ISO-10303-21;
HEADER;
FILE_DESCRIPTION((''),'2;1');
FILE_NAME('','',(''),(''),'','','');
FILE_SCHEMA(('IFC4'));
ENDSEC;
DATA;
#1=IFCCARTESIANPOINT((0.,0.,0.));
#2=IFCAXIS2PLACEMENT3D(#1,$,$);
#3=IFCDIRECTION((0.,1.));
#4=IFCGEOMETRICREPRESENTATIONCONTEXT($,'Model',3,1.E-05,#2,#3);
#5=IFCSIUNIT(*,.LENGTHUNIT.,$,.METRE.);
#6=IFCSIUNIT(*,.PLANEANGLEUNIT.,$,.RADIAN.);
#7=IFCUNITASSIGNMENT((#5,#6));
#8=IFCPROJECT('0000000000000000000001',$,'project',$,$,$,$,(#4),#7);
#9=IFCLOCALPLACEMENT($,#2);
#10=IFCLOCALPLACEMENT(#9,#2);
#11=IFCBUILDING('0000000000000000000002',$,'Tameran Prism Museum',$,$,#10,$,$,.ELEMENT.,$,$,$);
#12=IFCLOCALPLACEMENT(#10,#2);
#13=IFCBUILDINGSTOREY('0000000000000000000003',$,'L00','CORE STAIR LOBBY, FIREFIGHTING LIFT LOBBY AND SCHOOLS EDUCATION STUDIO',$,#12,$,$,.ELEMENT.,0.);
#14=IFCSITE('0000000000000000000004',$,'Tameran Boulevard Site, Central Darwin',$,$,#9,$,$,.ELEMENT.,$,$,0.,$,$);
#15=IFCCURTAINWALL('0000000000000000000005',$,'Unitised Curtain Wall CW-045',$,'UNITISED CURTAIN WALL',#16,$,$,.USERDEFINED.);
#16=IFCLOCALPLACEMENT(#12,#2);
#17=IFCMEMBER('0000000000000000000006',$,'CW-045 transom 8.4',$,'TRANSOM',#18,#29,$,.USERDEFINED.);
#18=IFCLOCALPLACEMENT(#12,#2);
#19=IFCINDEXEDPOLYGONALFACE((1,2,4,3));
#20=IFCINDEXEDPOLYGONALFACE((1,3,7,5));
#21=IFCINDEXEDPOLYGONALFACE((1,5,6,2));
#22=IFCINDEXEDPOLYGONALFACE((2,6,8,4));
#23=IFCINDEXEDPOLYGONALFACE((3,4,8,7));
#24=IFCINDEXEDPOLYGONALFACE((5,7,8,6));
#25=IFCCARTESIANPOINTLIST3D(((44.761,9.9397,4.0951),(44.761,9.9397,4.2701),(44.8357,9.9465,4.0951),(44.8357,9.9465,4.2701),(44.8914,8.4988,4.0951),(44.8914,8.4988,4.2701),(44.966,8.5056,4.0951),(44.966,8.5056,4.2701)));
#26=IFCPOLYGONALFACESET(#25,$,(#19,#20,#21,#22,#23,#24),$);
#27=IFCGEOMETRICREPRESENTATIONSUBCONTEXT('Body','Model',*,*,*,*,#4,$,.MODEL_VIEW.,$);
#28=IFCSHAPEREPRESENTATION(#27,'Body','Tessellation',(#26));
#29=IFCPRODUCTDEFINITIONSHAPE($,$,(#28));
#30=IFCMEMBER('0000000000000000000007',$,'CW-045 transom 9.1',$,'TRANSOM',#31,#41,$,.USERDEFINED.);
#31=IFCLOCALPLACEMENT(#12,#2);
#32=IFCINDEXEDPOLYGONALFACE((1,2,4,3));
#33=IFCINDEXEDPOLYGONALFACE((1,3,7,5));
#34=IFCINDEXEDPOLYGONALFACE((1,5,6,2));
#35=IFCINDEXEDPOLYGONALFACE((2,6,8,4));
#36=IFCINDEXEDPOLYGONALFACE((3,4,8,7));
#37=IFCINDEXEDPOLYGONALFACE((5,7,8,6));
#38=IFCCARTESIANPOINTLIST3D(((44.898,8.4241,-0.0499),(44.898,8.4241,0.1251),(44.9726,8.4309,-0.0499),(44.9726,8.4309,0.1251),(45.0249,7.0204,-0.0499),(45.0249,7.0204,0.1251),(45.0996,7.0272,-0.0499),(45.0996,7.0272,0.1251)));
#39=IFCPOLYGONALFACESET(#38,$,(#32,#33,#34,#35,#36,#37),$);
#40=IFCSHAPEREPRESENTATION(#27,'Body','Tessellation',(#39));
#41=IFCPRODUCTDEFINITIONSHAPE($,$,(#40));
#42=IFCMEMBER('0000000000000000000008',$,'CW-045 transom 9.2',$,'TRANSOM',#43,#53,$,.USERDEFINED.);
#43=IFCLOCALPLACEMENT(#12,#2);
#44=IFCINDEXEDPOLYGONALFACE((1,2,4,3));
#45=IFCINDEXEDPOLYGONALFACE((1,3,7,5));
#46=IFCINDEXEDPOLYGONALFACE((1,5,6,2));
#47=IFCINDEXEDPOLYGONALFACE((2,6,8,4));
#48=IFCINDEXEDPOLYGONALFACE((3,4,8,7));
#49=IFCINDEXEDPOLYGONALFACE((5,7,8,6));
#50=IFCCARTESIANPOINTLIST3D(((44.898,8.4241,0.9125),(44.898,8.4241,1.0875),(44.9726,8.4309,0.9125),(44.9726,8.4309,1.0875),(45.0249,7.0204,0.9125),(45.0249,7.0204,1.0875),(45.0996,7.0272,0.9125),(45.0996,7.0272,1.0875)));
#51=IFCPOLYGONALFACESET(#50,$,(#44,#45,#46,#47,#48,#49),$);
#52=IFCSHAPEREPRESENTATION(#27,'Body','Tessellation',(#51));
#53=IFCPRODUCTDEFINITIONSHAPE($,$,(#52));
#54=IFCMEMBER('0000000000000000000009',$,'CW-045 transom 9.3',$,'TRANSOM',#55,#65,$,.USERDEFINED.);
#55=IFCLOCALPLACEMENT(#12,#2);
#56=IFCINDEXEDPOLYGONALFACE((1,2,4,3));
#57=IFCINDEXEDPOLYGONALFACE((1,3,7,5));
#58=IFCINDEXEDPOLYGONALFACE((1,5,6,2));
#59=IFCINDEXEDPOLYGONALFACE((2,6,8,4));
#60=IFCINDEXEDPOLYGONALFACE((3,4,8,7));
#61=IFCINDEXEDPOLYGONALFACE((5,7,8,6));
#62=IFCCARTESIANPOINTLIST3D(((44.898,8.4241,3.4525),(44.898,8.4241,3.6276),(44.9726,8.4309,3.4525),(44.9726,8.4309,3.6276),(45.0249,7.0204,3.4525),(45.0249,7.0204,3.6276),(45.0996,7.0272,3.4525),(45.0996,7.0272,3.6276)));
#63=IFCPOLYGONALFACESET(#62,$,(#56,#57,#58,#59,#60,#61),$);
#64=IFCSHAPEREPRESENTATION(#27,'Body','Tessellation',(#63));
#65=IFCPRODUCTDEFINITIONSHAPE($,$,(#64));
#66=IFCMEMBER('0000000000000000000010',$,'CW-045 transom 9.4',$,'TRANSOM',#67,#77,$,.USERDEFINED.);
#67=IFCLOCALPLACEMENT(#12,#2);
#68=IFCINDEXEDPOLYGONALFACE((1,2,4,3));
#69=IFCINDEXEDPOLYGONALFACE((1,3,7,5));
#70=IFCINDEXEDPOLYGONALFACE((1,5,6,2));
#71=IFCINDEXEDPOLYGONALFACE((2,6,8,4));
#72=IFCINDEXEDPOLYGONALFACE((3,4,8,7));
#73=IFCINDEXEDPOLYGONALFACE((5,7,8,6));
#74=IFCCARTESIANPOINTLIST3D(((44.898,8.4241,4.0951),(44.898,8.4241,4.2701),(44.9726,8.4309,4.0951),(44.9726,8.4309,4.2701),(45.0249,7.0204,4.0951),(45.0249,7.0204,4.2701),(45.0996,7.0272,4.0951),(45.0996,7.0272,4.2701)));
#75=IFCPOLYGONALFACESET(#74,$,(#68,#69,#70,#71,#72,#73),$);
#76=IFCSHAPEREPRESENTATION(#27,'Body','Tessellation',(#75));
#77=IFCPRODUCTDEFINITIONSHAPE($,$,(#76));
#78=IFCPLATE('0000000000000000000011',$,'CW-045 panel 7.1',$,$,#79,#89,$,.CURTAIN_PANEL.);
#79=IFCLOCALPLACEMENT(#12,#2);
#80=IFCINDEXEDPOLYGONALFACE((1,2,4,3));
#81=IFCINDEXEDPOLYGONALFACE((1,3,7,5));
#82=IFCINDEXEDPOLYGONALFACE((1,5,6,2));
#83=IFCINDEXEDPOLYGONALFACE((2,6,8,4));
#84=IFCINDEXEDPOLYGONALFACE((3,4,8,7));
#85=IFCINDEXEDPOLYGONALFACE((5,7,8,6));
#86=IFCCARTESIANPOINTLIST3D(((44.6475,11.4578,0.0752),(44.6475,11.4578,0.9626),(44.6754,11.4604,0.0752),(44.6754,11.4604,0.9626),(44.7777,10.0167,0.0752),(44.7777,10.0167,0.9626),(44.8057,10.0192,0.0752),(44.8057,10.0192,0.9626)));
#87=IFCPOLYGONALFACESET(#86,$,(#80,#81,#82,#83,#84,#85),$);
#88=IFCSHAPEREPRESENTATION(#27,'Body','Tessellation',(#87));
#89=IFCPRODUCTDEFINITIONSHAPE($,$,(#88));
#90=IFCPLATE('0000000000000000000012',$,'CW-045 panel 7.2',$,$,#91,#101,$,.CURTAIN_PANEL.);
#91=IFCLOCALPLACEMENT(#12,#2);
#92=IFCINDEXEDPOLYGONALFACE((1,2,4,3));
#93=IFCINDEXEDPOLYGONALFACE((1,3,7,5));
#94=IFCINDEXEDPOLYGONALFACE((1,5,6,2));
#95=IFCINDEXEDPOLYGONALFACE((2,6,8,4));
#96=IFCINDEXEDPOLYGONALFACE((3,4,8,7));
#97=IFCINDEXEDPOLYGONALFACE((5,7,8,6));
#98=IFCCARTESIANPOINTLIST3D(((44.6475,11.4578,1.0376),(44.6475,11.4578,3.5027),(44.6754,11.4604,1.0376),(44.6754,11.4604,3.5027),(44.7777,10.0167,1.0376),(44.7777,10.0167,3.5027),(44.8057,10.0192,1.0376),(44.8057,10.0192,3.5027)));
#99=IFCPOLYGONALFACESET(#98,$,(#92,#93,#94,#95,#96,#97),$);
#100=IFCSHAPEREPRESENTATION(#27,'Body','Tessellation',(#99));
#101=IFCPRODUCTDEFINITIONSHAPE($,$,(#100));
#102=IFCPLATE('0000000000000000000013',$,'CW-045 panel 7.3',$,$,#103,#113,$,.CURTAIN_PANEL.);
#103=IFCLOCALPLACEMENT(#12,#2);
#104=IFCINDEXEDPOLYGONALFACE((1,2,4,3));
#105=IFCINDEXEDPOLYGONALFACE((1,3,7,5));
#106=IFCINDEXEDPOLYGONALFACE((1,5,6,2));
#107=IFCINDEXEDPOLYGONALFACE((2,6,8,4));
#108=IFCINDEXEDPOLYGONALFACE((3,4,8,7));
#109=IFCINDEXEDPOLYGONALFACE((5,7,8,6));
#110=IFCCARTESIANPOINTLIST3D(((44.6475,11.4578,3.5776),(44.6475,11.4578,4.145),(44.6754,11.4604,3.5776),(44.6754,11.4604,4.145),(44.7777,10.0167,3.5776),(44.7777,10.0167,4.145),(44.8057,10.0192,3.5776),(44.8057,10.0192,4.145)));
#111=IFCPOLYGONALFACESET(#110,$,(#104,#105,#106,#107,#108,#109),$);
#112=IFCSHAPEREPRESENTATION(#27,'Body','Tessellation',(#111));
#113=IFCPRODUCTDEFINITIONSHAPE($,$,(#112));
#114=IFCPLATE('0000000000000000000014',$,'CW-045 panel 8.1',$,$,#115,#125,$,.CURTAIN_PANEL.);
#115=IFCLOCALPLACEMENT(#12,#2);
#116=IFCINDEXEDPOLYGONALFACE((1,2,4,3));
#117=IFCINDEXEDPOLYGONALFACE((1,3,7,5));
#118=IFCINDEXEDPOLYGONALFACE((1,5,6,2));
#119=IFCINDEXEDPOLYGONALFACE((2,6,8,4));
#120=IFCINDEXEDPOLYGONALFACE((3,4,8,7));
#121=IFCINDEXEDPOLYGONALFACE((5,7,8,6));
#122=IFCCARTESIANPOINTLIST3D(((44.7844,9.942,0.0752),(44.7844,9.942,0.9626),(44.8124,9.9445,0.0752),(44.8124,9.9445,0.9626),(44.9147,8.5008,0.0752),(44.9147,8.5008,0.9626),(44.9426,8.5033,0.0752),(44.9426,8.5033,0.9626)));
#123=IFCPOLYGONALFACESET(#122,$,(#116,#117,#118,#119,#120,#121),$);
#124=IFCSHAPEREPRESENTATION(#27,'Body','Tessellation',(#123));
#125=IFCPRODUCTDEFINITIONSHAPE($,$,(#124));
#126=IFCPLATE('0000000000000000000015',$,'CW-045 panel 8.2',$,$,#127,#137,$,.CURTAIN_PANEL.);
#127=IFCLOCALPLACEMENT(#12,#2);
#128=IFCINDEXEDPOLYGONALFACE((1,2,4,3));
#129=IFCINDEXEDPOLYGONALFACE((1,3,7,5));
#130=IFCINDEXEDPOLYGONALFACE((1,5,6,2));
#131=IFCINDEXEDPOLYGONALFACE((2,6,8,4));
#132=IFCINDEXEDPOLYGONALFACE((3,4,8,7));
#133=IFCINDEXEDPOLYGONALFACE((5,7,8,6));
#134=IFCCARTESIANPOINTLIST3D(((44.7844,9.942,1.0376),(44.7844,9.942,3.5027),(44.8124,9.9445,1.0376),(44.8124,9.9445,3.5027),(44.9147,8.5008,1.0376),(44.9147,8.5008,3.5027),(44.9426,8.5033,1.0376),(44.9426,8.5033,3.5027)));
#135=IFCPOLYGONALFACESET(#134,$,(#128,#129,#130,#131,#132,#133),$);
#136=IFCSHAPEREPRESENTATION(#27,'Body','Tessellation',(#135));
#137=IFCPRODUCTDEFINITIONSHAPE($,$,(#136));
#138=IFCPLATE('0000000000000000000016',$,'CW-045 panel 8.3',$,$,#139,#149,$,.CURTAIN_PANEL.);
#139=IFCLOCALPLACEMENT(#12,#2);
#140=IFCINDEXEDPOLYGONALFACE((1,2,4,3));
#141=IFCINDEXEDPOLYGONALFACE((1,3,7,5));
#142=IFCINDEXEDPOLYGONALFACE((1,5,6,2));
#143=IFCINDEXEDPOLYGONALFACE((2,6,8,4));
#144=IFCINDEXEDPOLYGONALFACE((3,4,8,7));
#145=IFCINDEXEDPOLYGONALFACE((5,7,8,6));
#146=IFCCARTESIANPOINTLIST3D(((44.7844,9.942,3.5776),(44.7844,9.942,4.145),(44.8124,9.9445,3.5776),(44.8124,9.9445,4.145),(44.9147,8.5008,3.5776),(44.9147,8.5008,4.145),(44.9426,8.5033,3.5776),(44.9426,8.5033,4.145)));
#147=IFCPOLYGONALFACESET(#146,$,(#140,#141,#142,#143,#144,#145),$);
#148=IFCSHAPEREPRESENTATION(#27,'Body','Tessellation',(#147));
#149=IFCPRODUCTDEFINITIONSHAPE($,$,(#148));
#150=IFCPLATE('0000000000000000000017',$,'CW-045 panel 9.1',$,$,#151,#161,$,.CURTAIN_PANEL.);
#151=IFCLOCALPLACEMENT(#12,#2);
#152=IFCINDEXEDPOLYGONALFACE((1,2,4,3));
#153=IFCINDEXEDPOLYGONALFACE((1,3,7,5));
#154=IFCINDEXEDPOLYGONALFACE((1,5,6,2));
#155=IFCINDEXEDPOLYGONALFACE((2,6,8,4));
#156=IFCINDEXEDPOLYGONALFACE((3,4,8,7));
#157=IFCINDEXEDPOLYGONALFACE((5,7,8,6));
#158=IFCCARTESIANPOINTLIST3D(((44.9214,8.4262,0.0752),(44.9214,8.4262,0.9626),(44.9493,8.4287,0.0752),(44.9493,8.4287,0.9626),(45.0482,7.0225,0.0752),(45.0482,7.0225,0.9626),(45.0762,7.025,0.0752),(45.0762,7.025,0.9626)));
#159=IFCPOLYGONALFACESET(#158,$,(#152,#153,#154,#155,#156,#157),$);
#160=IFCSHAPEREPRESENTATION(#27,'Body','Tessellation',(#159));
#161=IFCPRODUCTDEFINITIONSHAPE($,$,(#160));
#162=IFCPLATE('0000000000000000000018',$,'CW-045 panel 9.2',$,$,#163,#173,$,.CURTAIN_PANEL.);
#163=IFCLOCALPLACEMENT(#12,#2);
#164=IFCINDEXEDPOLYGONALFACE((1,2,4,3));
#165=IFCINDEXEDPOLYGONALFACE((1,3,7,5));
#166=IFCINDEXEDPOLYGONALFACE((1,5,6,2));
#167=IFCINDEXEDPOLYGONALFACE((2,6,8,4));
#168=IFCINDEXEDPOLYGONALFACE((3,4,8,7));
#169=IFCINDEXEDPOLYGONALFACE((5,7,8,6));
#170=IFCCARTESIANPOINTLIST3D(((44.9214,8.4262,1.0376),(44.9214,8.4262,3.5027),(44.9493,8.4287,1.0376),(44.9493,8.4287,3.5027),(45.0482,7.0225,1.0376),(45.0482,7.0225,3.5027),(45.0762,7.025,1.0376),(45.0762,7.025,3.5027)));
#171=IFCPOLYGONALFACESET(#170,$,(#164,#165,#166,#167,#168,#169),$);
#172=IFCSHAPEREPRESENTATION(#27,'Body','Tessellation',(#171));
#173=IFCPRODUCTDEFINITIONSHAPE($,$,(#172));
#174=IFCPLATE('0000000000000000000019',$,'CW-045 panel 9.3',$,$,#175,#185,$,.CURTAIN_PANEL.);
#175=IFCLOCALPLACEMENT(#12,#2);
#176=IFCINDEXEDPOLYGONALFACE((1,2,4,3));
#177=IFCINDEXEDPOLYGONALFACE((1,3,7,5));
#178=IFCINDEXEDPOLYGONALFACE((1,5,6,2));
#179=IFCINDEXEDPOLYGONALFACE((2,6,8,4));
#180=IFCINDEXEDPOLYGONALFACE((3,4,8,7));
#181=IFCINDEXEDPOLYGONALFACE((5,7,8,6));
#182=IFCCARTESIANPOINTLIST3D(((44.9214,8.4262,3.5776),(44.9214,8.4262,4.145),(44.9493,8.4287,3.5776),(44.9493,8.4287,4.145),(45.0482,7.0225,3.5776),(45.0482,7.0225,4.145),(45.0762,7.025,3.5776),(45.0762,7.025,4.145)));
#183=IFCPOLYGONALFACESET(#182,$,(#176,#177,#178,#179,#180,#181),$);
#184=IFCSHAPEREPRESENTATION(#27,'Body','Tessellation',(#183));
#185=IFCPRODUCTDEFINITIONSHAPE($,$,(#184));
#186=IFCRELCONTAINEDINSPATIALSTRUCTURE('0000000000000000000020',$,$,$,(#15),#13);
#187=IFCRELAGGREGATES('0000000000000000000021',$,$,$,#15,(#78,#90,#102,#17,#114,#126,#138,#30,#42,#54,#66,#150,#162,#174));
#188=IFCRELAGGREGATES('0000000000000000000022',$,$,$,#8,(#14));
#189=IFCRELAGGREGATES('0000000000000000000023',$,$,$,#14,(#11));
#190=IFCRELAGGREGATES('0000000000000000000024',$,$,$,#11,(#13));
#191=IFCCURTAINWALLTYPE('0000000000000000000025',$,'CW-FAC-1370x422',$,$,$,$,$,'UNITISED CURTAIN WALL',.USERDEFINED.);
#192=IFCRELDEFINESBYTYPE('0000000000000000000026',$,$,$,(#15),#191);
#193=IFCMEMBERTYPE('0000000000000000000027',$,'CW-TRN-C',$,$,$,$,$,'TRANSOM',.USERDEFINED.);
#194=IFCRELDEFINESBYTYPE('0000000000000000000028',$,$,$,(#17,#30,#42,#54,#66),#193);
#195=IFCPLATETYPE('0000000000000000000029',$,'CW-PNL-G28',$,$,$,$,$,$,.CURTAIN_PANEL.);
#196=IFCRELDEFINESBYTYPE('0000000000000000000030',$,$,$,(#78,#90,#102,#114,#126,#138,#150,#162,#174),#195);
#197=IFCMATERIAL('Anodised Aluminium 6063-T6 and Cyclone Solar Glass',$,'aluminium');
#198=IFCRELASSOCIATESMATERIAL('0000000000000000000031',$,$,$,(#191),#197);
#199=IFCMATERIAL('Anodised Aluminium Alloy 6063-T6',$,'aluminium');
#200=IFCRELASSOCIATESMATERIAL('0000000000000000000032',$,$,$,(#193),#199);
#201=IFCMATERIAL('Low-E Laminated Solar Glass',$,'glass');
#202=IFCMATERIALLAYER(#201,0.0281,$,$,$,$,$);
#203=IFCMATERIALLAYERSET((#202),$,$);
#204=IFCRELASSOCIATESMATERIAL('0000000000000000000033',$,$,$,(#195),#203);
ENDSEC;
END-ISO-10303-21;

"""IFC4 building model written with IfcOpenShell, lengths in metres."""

from ifc_helpers import new_model, si_unit, direction, frame, origin, origin_2d, place, context, subcontext, project, spatial, rectangle, extrude, material, layer, layer_set, material_profile, profile_set, type_object, element, aggregate, save


model = new_model("IFC4")

# Units and contexts
model_context = context("Model", 3, precision=1e-05, world=origin(), true_north=direction((0.0, 1.0)))
body_context = subcontext(model_context, "Body", "Model", "MODEL_VIEW")
ifc_project = project(units=[si_unit("LENGTHUNIT", "METRE"), si_unit("PLANEANGLEUNIT", "RADIAN")], contexts=[model_context])

# Site, building, storey
site_placement = place(None, origin())
site = spatial("IfcSite", under=ifc_project, at=site_placement, Name="Tameran Boulevard Site, Central Darwin", CompositionType="ELEMENT", RefElevation=0.0)
building_placement = place(site_placement, origin())
building = spatial("IfcBuilding", under=site, at=building_placement, Name="Tameran Prism Museum", CompositionType="ELEMENT")
storey_placement = place(building_placement, origin())
storey = spatial("IfcBuildingStorey", under=building, at=storey_placement, Name="L00", Description="CORE STAIR LOBBY, FIREFIGHTING LIFT LOBBY AND SCHOOLS EDUCATION STUDIO", CompositionType="ELEMENT", Elevation=0.0)

# Curtain wall, members, plates
ifc_material_1 = material(Name="Anodised Aluminium 6063-T6 and Cyclone Solar Glass", Category="aluminium")
curtain_wall_type = type_object("IfcCurtainWallType", Name="CW-FAC-1370x422", ElementType="UNITISED CURTAIN WALL", PredefinedType="USERDEFINED", material=ifc_material_1)
curtain_wall_placement = place(storey_placement, origin())
curtain_wall = element("IfcCurtainWall", 1, at=curtain_wall_placement, inside=storey, type_object=curtain_wall_type, Name="Unitised Curtain Wall CW-045", ObjectType="UNITISED CURTAIN WALL", PredefinedType="USERDEFINED")
ifc_material_2 = material(Name="Anodised Aluminium Alloy 6063-T6", Category="aluminium")
ifc_material_profile_1 = material_profile(ifc_material_2, rectangle(XDim=0.075, YDim=0.175, at=origin_2d()))
ifc_profile_set_1 = profile_set([ifc_material_profile_1])
member_type_1 = type_object("IfcMemberType", Name="CW-TRN-C", ElementType="TRANSOM", PredefinedType="USERDEFINED", material=ifc_profile_set_1)
member_1_placement = place(storey_placement, frame((44.7983, 9.9431, 4.1826), z_axis=(0.09011, -0.995932, 0.0), x_axis=(0.995932, 0.09011, 0.0)))
member_1 = element("IfcMember", 2, at=member_1_placement, type_object=member_type_1, Name="CW-045 transom 8.4", ObjectType="TRANSOM", PredefinedType="USERDEFINED", context=body_context, shape_type="SweptSolid", body=[
    extrude(rectangle(XDim=0.075, YDim=0.175, at=origin_2d()), origin(), (0.0, 0.0, 1.0), 1.4468),
])
member_2_placement = place(storey_placement, frame((44.9353, 8.4275, 0.0376), z_axis=(0.090067, -0.995936, 0.0), x_axis=(0.995936, 0.090067, 0.0)))
member_2 = element("IfcMember", 3, at=member_2_placement, type_object=member_type_1, Name="CW-045 transom 9.1", ObjectType="TRANSOM", PredefinedType="USERDEFINED", context=body_context, shape_type="SweptSolid", body=[
    extrude(rectangle(XDim=0.075, YDim=0.175, at=origin_2d()), origin(), (0.0, 0.0, 1.0), 1.4094),
])
member_3_placement = place(storey_placement, frame((44.9353, 8.4275, 1.0), z_axis=(0.090067, -0.995936, 0.0), x_axis=(0.995936, 0.090067, 0.0)))
member_3 = element("IfcMember", 4, at=member_3_placement, type_object=member_type_1, Name="CW-045 transom 9.2", ObjectType="TRANSOM", PredefinedType="USERDEFINED", context=body_context, shape_type="SweptSolid", body=[
    extrude(rectangle(XDim=0.075, YDim=0.175, at=origin_2d()), origin(), (0.0, 0.0, 1.0), 1.4094),
])
member_4_placement = place(storey_placement, frame((44.9353, 8.4275, 3.54), z_axis=(0.090067, -0.995936, 0.0), x_axis=(0.995936, 0.090067, 0.0)))
member_4 = element("IfcMember", 5, at=member_4_placement, type_object=member_type_1, Name="CW-045 transom 9.3", ObjectType="TRANSOM", PredefinedType="USERDEFINED", context=body_context, shape_type="SweptSolid", body=[
    extrude(rectangle(XDim=0.075, YDim=0.175, at=origin_2d()), origin(), (0.0, 0.0, 1.0), 1.4094),
])
member_5_placement = place(storey_placement, frame((44.9353, 8.4275, 4.1826), z_axis=(0.090067, -0.995936, 0.0), x_axis=(0.995936, 0.090067, 0.0)))
member_5 = element("IfcMember", 6, at=member_5_placement, type_object=member_type_1, Name="CW-045 transom 9.4", ObjectType="TRANSOM", PredefinedType="USERDEFINED", context=body_context, shape_type="SweptSolid", body=[
    extrude(rectangle(XDim=0.075, YDim=0.175, at=origin_2d()), origin(), (0.0, 0.0, 1.0), 1.4094),
])
ifc_material_3 = material(Name="Low-E Laminated Solar Glass", Category="glass")
ifc_layer_1 = layer(ifc_material_3, 0.0281)
ifc_layer_set_1 = layer_set([ifc_layer_1])
plate_type = type_object("IfcPlateType", Name="CW-PNL-G28", PredefinedType="CURTAIN_PANEL", material=ifc_layer_set_1)
plate_1_placement = place(storey_placement, frame((44.7266, 10.7385, 0.0752), z_axis=(0.0, 0.0, 1.0), x_axis=(0.090016, -0.99594, 0.0)))
plate_1 = element("IfcPlate", 7, at=plate_1_placement, type_object=plate_type, Name="CW-045 panel 7.1", PredefinedType="CURTAIN_PANEL", context=body_context, shape_type="SweptSolid", body=[
    extrude(rectangle(XDim=1.447, YDim=0.0281, at=origin_2d()), origin(), (0.0, 0.0, 1.0), 0.8875),
])
plate_2_placement = place(storey_placement, frame((44.7266, 10.7385, 1.0376), z_axis=(0.0, 0.0, 1.0), x_axis=(0.090016, -0.99594, 0.0)))
plate_2 = element("IfcPlate", 8, at=plate_2_placement, type_object=plate_type, Name="CW-045 panel 7.2", PredefinedType="CURTAIN_PANEL", context=body_context, shape_type="SweptSolid", body=[
    extrude(rectangle(XDim=1.447, YDim=0.0281, at=origin_2d()), origin(), (0.0, 0.0, 1.0), 2.4651),
])
plate_3_placement = place(storey_placement, frame((44.7266, 10.7385, 3.5776), z_axis=(0.0, 0.0, 1.0), x_axis=(0.090016, -0.99594, 0.0)))
plate_3 = element("IfcPlate", 9, at=plate_3_placement, type_object=plate_type, Name="CW-045 panel 7.3", PredefinedType="CURTAIN_PANEL", context=body_context, shape_type="SweptSolid", body=[
    extrude(rectangle(XDim=1.447, YDim=0.0281, at=origin_2d()), origin(), (0.0, 0.0, 1.0), 0.5674),
])
plate_4_placement = place(storey_placement, frame((44.8635, 9.2227, 0.0752), z_axis=(0.0, 0.0, 1.0), x_axis=(0.090016, -0.99594, 0.0)))
plate_4 = element("IfcPlate", 10, at=plate_4_placement, type_object=plate_type, Name="CW-045 panel 8.1", PredefinedType="CURTAIN_PANEL", context=body_context, shape_type="SweptSolid", body=[
    extrude(rectangle(XDim=1.447, YDim=0.0281, at=origin_2d()), origin(), (0.0, 0.0, 1.0), 0.8875),
])
plate_5_placement = place(storey_placement, frame((44.8635, 9.2227, 1.0376), z_axis=(0.0, 0.0, 1.0), x_axis=(0.090016, -0.99594, 0.0)))
plate_5 = element("IfcPlate", 11, at=plate_5_placement, type_object=plate_type, Name="CW-045 panel 8.2", PredefinedType="CURTAIN_PANEL", context=body_context, shape_type="SweptSolid", body=[
    extrude(rectangle(XDim=1.447, YDim=0.0281, at=origin_2d()), origin(), (0.0, 0.0, 1.0), 2.4651),
])
plate_6_placement = place(storey_placement, frame((44.8635, 9.2227, 3.5776), z_axis=(0.0, 0.0, 1.0), x_axis=(0.090016, -0.99594, 0.0)))
plate_6 = element("IfcPlate", 12, at=plate_6_placement, type_object=plate_type, Name="CW-045 panel 8.3", PredefinedType="CURTAIN_PANEL", context=body_context, shape_type="SweptSolid", body=[
    extrude(rectangle(XDim=1.447, YDim=0.0281, at=origin_2d()), origin(), (0.0, 0.0, 1.0), 0.5674),
])
plate_7_placement = place(storey_placement, frame((44.9988, 7.7256, 0.0752), z_axis=(0.0, 0.0, 1.0), x_axis=(0.090016, -0.99594, 0.0)))
plate_7 = element("IfcPlate", 13, at=plate_7_placement, type_object=plate_type, Name="CW-045 panel 9.1", PredefinedType="CURTAIN_PANEL", context=body_context, shape_type="SweptSolid", body=[
    extrude(rectangle(XDim=1.4094, YDim=0.0281, at=origin_2d()), origin(), (0.0, 0.0, 1.0), 0.8875),
])
plate_8_placement = place(storey_placement, frame((44.9988, 7.7256, 1.0376), z_axis=(0.0, 0.0, 1.0), x_axis=(0.090016, -0.99594, 0.0)))
plate_8 = element("IfcPlate", 14, at=plate_8_placement, type_object=plate_type, Name="CW-045 panel 9.2", PredefinedType="CURTAIN_PANEL", context=body_context, shape_type="SweptSolid", body=[
    extrude(rectangle(XDim=1.4094, YDim=0.0281, at=origin_2d()), origin(), (0.0, 0.0, 1.0), 2.4651),
])
plate_9_placement = place(storey_placement, frame((44.9988, 7.7256, 3.5776), z_axis=(0.0, 0.0, 1.0), x_axis=(0.090016, -0.99594, 0.0)))
plate_9 = element("IfcPlate", 15, at=plate_9_placement, type_object=plate_type, Name="CW-045 panel 9.3", PredefinedType="CURTAIN_PANEL", context=body_context, shape_type="SweptSolid", body=[
    extrude(rectangle(XDim=1.4094, YDim=0.0281, at=origin_2d()), origin(), (0.0, 0.0, 1.0), 0.5674),
])
aggregate(curtain_wall, [plate_1, plate_2, plate_3, member_1, plate_4, plate_5, plate_6, member_2, member_3, member_4, member_5, plate_7, plate_8, plate_9])

save(model, "model.ifc")
